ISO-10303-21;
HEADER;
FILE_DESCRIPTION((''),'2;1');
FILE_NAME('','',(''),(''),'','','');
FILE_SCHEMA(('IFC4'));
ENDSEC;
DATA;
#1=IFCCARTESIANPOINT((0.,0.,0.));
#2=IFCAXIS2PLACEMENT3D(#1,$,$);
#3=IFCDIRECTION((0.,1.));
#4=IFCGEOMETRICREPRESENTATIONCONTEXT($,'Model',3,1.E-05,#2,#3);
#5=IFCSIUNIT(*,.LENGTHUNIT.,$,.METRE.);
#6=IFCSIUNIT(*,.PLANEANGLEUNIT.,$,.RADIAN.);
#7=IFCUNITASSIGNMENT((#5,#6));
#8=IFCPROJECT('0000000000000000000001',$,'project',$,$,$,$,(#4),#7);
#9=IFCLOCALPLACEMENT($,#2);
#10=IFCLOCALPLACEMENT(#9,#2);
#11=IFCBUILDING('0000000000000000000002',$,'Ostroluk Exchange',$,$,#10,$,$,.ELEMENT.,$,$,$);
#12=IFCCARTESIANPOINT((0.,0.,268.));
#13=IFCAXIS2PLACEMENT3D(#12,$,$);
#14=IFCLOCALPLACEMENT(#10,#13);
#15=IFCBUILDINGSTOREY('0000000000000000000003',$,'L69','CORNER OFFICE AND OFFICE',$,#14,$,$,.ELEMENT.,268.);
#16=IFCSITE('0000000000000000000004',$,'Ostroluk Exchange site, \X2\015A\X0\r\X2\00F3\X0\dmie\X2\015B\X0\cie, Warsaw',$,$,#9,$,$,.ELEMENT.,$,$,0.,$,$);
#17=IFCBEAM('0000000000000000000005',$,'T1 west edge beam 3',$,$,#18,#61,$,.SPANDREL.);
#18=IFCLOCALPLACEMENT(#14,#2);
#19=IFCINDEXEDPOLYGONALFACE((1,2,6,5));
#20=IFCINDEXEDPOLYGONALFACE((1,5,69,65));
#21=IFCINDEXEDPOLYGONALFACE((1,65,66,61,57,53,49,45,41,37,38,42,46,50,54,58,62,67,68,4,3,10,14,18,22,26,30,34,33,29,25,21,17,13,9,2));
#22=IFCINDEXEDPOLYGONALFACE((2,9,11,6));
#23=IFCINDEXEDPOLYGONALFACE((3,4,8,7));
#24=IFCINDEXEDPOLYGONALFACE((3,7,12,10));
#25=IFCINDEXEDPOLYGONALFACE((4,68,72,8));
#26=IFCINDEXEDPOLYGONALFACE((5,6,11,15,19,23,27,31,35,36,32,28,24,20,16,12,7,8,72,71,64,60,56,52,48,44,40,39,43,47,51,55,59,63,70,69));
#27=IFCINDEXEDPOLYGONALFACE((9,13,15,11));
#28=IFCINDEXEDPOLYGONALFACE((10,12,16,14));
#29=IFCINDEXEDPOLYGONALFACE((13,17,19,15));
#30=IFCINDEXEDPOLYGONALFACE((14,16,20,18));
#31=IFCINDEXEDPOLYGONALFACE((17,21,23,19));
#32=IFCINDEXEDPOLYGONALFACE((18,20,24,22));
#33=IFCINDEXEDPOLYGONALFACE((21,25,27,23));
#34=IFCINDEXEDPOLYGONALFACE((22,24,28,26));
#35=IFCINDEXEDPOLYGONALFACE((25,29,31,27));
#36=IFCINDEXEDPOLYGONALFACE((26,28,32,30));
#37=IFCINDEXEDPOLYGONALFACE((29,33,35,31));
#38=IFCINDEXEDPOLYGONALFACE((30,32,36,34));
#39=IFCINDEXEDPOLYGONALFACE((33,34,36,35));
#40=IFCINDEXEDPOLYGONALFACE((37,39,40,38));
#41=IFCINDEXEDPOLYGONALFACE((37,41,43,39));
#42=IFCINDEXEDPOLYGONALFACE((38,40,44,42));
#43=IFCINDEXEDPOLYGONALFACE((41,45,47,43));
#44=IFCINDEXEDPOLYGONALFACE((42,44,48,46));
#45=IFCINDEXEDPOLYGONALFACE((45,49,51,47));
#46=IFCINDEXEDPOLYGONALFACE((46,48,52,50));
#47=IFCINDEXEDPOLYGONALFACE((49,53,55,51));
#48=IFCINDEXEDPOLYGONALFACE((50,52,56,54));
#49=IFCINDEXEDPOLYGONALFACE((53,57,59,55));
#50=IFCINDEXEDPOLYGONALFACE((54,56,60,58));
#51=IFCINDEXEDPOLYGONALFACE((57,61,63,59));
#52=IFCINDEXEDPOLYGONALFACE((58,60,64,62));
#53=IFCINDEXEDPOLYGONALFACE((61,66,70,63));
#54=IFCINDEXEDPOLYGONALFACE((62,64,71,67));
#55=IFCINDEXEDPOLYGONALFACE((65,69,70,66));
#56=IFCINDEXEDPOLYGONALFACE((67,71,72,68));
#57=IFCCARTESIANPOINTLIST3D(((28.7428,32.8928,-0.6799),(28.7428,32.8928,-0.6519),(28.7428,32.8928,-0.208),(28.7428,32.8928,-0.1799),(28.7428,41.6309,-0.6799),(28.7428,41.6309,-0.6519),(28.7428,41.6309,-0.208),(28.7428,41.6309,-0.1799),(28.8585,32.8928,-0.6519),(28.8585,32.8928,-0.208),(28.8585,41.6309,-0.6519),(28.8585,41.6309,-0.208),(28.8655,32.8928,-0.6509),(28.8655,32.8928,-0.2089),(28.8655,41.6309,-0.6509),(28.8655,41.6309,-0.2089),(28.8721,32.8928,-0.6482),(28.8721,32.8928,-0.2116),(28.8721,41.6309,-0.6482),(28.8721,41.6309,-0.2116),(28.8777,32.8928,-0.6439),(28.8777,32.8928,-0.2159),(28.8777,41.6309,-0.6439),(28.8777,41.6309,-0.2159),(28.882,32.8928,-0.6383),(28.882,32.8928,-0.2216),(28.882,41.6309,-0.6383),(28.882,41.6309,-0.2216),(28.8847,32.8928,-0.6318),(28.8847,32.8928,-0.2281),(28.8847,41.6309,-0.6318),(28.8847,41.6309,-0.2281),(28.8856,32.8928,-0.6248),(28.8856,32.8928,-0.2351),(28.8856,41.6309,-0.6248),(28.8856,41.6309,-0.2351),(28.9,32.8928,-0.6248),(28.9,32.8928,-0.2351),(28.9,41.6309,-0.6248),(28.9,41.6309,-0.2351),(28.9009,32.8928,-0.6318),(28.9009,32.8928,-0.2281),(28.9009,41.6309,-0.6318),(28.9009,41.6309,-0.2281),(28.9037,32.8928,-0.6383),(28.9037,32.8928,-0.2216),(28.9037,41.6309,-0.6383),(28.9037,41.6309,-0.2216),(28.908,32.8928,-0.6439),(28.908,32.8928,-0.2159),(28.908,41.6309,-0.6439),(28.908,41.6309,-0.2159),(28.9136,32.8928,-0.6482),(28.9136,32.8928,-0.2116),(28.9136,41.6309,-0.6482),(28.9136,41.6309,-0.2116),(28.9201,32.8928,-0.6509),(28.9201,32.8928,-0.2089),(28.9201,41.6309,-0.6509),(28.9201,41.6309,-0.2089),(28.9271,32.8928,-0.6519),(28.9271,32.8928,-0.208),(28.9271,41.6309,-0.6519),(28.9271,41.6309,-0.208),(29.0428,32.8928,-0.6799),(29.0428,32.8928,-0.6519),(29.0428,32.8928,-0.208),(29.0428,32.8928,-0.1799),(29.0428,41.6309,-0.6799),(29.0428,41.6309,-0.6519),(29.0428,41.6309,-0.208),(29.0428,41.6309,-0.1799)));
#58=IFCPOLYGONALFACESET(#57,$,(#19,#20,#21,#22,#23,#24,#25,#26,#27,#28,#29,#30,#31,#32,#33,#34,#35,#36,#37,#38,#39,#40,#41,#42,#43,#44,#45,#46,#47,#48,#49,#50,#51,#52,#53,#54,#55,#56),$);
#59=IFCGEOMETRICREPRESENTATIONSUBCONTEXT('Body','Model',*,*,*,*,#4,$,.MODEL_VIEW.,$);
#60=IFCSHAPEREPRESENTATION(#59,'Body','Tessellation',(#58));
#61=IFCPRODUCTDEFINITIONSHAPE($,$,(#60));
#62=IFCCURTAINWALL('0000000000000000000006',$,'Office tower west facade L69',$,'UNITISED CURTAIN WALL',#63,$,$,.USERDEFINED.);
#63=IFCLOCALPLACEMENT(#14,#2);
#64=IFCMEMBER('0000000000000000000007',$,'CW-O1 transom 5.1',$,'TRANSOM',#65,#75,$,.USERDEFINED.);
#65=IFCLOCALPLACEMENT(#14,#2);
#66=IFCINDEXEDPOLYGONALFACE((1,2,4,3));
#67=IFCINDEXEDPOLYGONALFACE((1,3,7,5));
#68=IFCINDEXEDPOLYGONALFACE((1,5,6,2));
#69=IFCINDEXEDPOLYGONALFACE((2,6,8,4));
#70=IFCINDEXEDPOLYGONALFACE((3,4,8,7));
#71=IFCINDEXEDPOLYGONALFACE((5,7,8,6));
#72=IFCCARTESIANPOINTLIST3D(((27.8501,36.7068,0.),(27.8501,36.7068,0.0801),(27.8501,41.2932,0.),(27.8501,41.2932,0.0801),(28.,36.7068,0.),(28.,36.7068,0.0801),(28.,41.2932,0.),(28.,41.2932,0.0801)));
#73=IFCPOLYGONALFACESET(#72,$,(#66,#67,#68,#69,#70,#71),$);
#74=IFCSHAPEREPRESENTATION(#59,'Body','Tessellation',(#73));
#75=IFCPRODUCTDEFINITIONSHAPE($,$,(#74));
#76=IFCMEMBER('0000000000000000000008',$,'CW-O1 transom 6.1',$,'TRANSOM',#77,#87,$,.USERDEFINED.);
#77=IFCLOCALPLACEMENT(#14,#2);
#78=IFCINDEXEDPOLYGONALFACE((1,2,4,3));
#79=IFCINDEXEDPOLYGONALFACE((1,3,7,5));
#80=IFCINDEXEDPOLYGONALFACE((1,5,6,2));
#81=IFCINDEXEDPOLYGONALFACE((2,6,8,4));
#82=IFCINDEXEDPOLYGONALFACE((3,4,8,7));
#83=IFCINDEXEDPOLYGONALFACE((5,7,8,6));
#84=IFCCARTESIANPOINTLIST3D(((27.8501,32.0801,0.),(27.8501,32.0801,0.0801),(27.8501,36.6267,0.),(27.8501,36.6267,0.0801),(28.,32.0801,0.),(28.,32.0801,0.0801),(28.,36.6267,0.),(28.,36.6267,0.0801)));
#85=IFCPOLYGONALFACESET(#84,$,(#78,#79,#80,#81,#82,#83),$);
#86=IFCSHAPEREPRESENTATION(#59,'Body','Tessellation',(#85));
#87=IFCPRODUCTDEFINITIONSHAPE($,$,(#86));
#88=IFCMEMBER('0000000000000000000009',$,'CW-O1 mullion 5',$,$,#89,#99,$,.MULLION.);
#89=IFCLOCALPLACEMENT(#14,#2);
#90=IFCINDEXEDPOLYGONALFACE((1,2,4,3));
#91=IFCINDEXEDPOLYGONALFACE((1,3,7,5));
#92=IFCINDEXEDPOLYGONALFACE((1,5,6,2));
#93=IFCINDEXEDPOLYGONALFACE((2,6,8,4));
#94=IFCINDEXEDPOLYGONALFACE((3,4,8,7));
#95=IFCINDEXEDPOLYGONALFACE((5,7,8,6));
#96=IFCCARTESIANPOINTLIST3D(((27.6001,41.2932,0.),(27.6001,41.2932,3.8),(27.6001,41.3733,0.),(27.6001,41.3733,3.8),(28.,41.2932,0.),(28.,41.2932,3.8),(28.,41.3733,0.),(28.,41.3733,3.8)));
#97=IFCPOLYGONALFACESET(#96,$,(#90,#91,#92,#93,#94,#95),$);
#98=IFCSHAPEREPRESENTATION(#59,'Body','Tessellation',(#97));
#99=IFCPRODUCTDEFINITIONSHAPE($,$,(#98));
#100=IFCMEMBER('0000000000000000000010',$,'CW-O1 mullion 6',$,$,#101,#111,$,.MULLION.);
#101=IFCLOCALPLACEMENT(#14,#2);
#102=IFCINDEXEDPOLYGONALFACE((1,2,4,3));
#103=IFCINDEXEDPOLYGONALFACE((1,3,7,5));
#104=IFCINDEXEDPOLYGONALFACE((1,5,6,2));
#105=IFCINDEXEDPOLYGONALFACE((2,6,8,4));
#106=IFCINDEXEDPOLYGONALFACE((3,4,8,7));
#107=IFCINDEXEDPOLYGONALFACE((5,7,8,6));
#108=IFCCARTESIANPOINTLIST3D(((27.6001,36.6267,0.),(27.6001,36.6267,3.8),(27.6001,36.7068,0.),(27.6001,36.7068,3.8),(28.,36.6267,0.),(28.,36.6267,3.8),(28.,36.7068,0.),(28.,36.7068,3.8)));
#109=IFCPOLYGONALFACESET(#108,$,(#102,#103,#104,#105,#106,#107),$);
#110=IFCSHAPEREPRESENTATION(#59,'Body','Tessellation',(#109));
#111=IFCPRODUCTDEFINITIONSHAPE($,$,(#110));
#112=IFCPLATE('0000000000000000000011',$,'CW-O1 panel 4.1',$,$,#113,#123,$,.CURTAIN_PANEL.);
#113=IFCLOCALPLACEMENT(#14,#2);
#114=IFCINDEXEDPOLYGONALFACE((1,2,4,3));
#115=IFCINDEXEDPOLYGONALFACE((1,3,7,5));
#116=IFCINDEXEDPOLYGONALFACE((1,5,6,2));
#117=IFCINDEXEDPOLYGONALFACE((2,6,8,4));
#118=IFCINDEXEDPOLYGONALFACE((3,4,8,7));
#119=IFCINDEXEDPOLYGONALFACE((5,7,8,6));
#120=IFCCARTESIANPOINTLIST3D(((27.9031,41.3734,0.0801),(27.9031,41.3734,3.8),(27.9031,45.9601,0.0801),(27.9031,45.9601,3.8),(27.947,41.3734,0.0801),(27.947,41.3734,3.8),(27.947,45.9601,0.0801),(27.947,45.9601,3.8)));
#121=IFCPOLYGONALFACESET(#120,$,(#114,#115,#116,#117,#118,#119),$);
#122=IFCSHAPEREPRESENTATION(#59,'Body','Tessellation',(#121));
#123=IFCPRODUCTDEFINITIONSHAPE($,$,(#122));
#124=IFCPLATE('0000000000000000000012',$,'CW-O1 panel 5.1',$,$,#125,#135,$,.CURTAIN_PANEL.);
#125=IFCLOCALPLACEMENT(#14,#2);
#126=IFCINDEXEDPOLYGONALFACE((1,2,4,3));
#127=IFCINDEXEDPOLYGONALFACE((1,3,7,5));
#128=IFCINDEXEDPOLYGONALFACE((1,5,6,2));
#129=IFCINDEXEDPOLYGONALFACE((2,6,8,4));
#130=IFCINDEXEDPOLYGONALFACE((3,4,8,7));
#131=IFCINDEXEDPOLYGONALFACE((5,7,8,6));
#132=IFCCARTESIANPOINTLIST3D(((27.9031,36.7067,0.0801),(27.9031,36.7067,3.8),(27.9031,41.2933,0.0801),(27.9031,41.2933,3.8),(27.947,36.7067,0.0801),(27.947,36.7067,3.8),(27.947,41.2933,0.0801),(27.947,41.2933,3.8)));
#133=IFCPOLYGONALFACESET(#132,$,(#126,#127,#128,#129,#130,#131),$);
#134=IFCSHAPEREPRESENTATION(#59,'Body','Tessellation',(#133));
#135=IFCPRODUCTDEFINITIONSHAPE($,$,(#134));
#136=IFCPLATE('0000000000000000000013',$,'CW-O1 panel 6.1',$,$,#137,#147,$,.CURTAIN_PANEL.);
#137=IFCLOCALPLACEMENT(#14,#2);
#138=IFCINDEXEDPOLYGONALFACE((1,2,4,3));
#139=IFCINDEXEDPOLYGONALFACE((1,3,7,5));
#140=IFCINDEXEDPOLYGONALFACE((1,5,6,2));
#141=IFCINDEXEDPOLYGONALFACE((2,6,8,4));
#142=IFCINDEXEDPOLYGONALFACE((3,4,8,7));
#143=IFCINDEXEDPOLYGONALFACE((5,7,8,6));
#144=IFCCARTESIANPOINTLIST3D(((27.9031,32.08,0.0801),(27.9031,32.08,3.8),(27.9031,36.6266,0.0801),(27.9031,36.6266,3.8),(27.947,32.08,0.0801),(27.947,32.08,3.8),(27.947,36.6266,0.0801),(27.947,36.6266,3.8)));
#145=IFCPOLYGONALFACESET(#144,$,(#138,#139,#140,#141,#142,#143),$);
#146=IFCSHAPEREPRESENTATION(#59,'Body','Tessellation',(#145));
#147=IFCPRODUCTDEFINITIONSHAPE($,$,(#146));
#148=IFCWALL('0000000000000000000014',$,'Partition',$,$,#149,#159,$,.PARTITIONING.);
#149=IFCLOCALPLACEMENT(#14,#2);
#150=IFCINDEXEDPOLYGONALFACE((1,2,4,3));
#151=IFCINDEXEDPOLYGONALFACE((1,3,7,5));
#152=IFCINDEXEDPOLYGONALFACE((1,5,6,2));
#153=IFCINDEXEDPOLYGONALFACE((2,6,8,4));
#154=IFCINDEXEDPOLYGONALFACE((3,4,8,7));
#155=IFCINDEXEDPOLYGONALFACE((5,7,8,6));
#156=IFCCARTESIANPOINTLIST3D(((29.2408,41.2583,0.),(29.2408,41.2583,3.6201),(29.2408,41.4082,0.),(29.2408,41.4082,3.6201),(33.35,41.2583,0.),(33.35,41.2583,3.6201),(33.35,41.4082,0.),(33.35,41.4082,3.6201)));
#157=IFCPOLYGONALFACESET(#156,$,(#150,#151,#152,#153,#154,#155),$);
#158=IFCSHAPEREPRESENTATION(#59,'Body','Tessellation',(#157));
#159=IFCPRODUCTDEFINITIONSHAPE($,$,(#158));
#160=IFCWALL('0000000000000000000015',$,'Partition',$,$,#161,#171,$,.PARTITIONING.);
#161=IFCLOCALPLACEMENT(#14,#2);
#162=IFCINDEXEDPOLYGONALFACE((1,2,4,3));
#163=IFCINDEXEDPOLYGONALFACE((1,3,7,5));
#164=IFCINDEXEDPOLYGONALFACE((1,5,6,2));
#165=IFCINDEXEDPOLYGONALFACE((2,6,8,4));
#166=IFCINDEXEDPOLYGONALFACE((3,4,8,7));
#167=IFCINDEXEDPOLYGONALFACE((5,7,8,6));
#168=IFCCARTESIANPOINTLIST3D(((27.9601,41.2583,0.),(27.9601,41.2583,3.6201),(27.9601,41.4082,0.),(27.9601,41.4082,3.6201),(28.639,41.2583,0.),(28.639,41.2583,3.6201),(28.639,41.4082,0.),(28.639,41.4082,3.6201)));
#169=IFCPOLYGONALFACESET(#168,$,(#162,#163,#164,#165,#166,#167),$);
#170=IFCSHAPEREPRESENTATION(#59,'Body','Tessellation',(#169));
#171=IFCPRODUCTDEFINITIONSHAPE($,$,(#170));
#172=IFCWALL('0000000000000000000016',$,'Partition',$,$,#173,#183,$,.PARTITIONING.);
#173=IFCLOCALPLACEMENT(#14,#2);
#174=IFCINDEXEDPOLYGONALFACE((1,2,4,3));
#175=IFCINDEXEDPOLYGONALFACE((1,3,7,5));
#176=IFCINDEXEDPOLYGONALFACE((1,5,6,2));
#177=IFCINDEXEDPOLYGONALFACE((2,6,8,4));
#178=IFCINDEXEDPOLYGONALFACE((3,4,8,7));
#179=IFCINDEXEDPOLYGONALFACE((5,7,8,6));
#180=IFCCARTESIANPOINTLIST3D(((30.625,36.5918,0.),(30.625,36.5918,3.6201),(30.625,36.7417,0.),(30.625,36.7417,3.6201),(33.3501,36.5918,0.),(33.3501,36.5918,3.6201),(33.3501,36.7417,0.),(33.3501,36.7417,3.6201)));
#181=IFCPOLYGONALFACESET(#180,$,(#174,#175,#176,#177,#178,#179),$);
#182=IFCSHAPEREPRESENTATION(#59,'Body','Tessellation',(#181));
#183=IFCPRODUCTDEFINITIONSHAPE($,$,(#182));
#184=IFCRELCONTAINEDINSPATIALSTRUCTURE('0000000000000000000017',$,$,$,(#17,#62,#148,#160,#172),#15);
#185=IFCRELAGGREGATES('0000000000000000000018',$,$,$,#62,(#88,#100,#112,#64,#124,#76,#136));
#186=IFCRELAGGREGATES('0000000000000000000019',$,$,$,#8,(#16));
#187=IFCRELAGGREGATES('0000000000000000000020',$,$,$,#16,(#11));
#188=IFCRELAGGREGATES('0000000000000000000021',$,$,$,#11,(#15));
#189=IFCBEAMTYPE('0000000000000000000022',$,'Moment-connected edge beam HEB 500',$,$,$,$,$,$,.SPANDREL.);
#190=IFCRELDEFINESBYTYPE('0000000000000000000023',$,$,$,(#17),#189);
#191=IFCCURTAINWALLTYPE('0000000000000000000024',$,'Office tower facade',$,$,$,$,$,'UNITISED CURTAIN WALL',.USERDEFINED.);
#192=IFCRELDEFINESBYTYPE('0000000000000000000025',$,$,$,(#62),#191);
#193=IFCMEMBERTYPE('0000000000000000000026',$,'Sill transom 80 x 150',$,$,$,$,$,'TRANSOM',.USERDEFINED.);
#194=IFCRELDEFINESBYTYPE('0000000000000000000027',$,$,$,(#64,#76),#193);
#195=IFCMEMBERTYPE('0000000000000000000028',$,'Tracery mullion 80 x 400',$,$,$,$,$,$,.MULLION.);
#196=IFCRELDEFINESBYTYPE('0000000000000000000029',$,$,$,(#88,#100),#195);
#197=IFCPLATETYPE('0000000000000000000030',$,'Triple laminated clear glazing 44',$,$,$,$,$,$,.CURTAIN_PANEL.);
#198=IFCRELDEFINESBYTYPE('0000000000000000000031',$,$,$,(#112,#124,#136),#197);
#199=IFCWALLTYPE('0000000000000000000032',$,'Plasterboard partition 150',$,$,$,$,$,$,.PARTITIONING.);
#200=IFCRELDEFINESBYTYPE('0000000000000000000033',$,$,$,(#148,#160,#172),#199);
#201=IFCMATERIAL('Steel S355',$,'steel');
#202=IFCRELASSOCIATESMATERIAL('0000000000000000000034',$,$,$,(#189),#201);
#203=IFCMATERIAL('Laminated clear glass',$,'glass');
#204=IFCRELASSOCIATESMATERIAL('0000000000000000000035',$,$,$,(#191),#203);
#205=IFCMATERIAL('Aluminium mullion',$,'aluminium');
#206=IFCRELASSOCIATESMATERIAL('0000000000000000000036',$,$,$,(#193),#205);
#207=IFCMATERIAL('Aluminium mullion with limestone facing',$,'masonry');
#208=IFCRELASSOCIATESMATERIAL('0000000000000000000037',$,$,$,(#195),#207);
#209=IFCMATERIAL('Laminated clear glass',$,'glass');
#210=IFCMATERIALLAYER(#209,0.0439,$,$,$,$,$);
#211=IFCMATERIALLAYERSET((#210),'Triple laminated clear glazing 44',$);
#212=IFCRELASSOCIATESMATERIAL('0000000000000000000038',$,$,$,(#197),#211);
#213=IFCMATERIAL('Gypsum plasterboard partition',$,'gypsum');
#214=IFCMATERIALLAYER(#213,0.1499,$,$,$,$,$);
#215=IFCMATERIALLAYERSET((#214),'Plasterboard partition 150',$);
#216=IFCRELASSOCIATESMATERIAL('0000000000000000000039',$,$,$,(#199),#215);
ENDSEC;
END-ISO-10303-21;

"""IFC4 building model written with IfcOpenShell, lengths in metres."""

from ifc_helpers import new_model, si_unit, direction, frame, frame_2d, origin, origin_2d, place, context, subcontext, project, spatial, rectangle, i_section, extrude, material, layer, layer_set, material_profile, profile_set, type_object, element, aggregate, save


model = new_model("IFC4")

# Units and contexts
model_context = context("Model", 3, precision=1e-05, world=origin(), true_north=direction((0.0, 1.0)))
body_context = subcontext(model_context, "Body", "Model", "MODEL_VIEW")
ifc_project = project(units=[si_unit("LENGTHUNIT", "METRE"), si_unit("PLANEANGLEUNIT", "RADIAN")], contexts=[model_context])

# Site, building, storey
site_placement = place(None, origin())
site = spatial("IfcSite", under=ifc_project, at=site_placement, Name="Ostroluk Exchange site, Śródmieście, Warsaw", CompositionType="ELEMENT", RefElevation=0.0)
building_placement = place(site_placement, origin())
building = spatial("IfcBuilding", under=site, at=building_placement, Name="Ostroluk Exchange", CompositionType="ELEMENT")
storey_placement = place(building_placement, frame((0.0, 0.0, 268.0)))
storey = spatial("IfcBuildingStorey", under=building, at=storey_placement, Name="L69", Description="CORNER OFFICE AND OFFICE", CompositionType="ELEMENT", Elevation=268.0)

# Beam
ifc_material_1 = material(Name="Steel S355", Category="steel")
ifc_material_profile_1 = material_profile(ifc_material_1, i_section(OverallWidth=0.3, OverallDepth=0.5, WebThickness=0.0144, FlangeThickness=0.0281, FilletRadius=0.0271, at=origin_2d()), Name="HEB 500")
ifc_profile_set_1 = profile_set([ifc_material_profile_1], Name="Steel S355")
beam_type_1 = type_object("IfcBeamType", Name="Moment-connected edge beam HEB 500", PredefinedType="SPANDREL", material=ifc_profile_set_1)
beam_1_placement = place(storey_placement, frame((28.8928, 41.6309, -0.4299), z_axis=(0.0, -1.0, 0.0), x_axis=(1.0, 0.0, 0.0)))
element("IfcBeam", 1, at=beam_1_placement, inside=storey, type_object=beam_type_1, Name="T1 west edge beam 3", PredefinedType="SPANDREL", context=body_context, shape_type="SweptSolid", body=[
    extrude(i_section(OverallWidth=0.3, OverallDepth=0.5, WebThickness=0.0144, FlangeThickness=0.0281, FilletRadius=0.0271, at=origin_2d()), origin(), (0.0, 0.0, 1.0), 8.738),
])

# Curtain wall, members, plates
ifc_material_2 = material(Name="Laminated clear glass", Category="glass")
curtain_wall_type = type_object("IfcCurtainWallType", Name="Office tower facade", ElementType="UNITISED CURTAIN WALL", PredefinedType="USERDEFINED", material=ifc_material_2)
curtain_wall_placement = place(storey_placement, origin())
curtain_wall = element("IfcCurtainWall", 2, at=curtain_wall_placement, inside=storey, type_object=curtain_wall_type, Name="Office tower west facade L69", ObjectType="UNITISED CURTAIN WALL", PredefinedType="USERDEFINED")
ifc_material_3 = material(Name="Aluminium mullion", Category="aluminium")
ifc_material_profile_2 = material_profile(ifc_material_3, rectangle(XDim=0.1499, YDim=0.0801, at=origin_2d()), Name="Sill transom 80 x 150")
ifc_profile_set_2 = profile_set([ifc_material_profile_2], Name="Aluminium mullion")
member_type_1 = type_object("IfcMemberType", Name="Sill transom 80 x 150", ElementType="TRANSOM", PredefinedType="USERDEFINED", material=ifc_profile_set_2)
member_1_placement = place(storey_placement, frame((27.925, 41.2932, 0.04), z_axis=(0.0, -1.0, 0.0), x_axis=(1.0, 0.0, 0.0)))
member_1 = element("IfcMember", 3, at=member_1_placement, type_object=member_type_1, Name="CW-O1 transom 5.1", ObjectType="TRANSOM", PredefinedType="USERDEFINED", context=body_context, shape_type="SweptSolid", body=[
    extrude(rectangle(XDim=0.1499, YDim=0.0801, at=origin_2d()), origin(), (0.0, 0.0, 1.0), 4.5864),
])
member_2_placement = place(storey_placement, frame((27.925, 36.6267, 0.04), z_axis=(0.0, -1.0, 0.0), x_axis=(1.0, 0.0, 0.0)))
member_2 = element("IfcMember", 4, at=member_2_placement, type_object=member_type_1, Name="CW-O1 transom 6.1", ObjectType="TRANSOM", PredefinedType="USERDEFINED", context=body_context, shape_type="SweptSolid", body=[
    extrude(rectangle(XDim=0.1499, YDim=0.0801, at=origin_2d()), origin(), (0.0, 0.0, 1.0), 4.5466),
])
ifc_material_4 = material(Name="Aluminium mullion with limestone facing", Category="masonry")
ifc_material_profile_3 = material_profile(ifc_material_4, rectangle(XDim=0.3999, YDim=0.0801, at=origin_2d()), Name="Tracery mullion 80 x 400")
ifc_profile_set_3 = profile_set([ifc_material_profile_3], Name="Aluminium mullion with limestone facing")
member_type_2 = type_object("IfcMemberType", Name="Tracery mullion 80 x 400", PredefinedType="MULLION", material=ifc_profile_set_3)
member_3_placement = place(storey_placement, frame((27.8, 41.3333, 0.0), z_axis=(0.0, 0.0, 1.0), x_axis=(1.0, 0.0, 0.0)))
member_3 = element("IfcMember", 5, at=member_3_placement, type_object=member_type_2, Name="CW-O1 mullion 5", PredefinedType="MULLION", context=body_context, shape_type="SweptSolid", body=[
    extrude(rectangle(XDim=0.3999, YDim=0.0801, at=origin_2d()), origin(), (0.0, 0.0, 1.0), 3.8),
])
member_4_placement = place(storey_placement, frame((27.8, 36.6667, 0.0), z_axis=(0.0, 0.0, 1.0), x_axis=(1.0, 0.0, 0.0)))
member_4 = element("IfcMember", 6, at=member_4_placement, type_object=member_type_2, Name="CW-O1 mullion 6", PredefinedType="MULLION", context=body_context, shape_type="SweptSolid", body=[
    extrude(rectangle(XDim=0.3999, YDim=0.0801, at=origin_2d()), origin(), (0.0, 0.0, 1.0), 3.8),
])
ifc_material_5 = material(Name="Laminated clear glass", Category="glass")
ifc_layer_1 = layer(ifc_material_5, 0.0439)
ifc_layer_set_1 = layer_set([ifc_layer_1], Name="Triple laminated clear glazing 44")
plate_type = type_object("IfcPlateType", Name="Triple laminated clear glazing 44", PredefinedType="CURTAIN_PANEL", material=ifc_layer_set_1)
plate_1_placement = place(storey_placement, frame((27.925, 43.6667, 0.0801), z_axis=(0.0, 0.0, 1.0), x_axis=(0.0, -1.0, 0.0)))
plate_1 = element("IfcPlate", 7, at=plate_1_placement, type_object=plate_type, Name="CW-O1 panel 4.1", PredefinedType="CURTAIN_PANEL", context=body_context, shape_type="SweptSolid", body=[
    extrude(rectangle(XDim=4.5867, YDim=0.0439, at=origin_2d()), origin(), (0.0, 0.0, 1.0), 3.72),
])
plate_2_placement = place(storey_placement, frame((27.925, 39.0, 0.0801), z_axis=(0.0, 0.0, 1.0), x_axis=(0.0, -1.0, 0.0)))
plate_2 = element("IfcPlate", 8, at=plate_2_placement, type_object=plate_type, Name="CW-O1 panel 5.1", PredefinedType="CURTAIN_PANEL", context=body_context, shape_type="SweptSolid", body=[
    extrude(rectangle(XDim=4.5867, YDim=0.0439, at=origin_2d()), origin(), (0.0, 0.0, 1.0), 3.72),
])
plate_3_placement = place(storey_placement, frame((27.925, 34.3533, 0.0801), z_axis=(0.0, 0.0, 1.0), x_axis=(0.0, -1.0, 0.0)))
plate_3 = element("IfcPlate", 9, at=plate_3_placement, type_object=plate_type, Name="CW-O1 panel 6.1", PredefinedType="CURTAIN_PANEL", context=body_context, shape_type="SweptSolid", body=[
    extrude(rectangle(XDim=4.5466, YDim=0.0439, at=origin_2d()), origin(), (0.0, 0.0, 1.0), 3.72),
])
aggregate(curtain_wall, [member_3, member_4, plate_1, member_1, plate_2, member_2, plate_3])

# Walls
ifc_material_6 = material(Name="Gypsum plasterboard partition", Category="gypsum")
ifc_layer_2 = layer(ifc_material_6, 0.1499)
ifc_layer_set_2 = layer_set([ifc_layer_2], Name="Plasterboard partition 150")
wall_type_1 = type_object("IfcWallType", Name="Plasterboard partition 150", PredefinedType="PARTITIONING", material=ifc_layer_set_2)
wall_1_placement = place(storey_placement, frame((33.3501, 41.3333, 0.0), z_axis=(0.0, 0.0, 1.0), x_axis=(-1.0, 0.0, 0.0)))
element("IfcWall", 10, at=wall_1_placement, inside=storey, type_object=wall_type_1, Name="Partition", PredefinedType="PARTITIONING", context=body_context, shape_type="SweptSolid", body=[
    extrude(rectangle(XDim=4.1091, YDim=0.1499, at=frame_2d((2.0547, 0.0))), origin(), (0.0, 0.0, 1.0), 3.6201),
])
wall_2_placement = place(storey_placement, frame((28.6389, 41.3333, 0.0), z_axis=(0.0, 0.0, 1.0), x_axis=(-1.0, 0.0, 0.0)))
element("IfcWall", 11, at=wall_2_placement, inside=storey, type_object=wall_type_1, Name="Partition", PredefinedType="PARTITIONING", context=body_context, shape_type="SweptSolid", body=[
    extrude(rectangle(XDim=0.679, YDim=0.1499, at=frame_2d((0.3394, 0.0))), origin(), (0.0, 0.0, 1.0), 3.6201),
])
wall_3_placement = place(storey_placement, frame((33.3501, 36.6667, 0.0), z_axis=(0.0, 0.0, 1.0), x_axis=(-1.0, 0.0, 0.0)))
element("IfcWall", 12, at=wall_3_placement, inside=storey, type_object=wall_type_1, Name="Partition", PredefinedType="PARTITIONING", context=body_context, shape_type="SweptSolid", body=[
    extrude(rectangle(XDim=2.7251, YDim=0.1499, at=frame_2d((1.3625, 0.0))), origin(), (0.0, 0.0, 1.0), 3.6201),
])

save(model, "model.ifc")
